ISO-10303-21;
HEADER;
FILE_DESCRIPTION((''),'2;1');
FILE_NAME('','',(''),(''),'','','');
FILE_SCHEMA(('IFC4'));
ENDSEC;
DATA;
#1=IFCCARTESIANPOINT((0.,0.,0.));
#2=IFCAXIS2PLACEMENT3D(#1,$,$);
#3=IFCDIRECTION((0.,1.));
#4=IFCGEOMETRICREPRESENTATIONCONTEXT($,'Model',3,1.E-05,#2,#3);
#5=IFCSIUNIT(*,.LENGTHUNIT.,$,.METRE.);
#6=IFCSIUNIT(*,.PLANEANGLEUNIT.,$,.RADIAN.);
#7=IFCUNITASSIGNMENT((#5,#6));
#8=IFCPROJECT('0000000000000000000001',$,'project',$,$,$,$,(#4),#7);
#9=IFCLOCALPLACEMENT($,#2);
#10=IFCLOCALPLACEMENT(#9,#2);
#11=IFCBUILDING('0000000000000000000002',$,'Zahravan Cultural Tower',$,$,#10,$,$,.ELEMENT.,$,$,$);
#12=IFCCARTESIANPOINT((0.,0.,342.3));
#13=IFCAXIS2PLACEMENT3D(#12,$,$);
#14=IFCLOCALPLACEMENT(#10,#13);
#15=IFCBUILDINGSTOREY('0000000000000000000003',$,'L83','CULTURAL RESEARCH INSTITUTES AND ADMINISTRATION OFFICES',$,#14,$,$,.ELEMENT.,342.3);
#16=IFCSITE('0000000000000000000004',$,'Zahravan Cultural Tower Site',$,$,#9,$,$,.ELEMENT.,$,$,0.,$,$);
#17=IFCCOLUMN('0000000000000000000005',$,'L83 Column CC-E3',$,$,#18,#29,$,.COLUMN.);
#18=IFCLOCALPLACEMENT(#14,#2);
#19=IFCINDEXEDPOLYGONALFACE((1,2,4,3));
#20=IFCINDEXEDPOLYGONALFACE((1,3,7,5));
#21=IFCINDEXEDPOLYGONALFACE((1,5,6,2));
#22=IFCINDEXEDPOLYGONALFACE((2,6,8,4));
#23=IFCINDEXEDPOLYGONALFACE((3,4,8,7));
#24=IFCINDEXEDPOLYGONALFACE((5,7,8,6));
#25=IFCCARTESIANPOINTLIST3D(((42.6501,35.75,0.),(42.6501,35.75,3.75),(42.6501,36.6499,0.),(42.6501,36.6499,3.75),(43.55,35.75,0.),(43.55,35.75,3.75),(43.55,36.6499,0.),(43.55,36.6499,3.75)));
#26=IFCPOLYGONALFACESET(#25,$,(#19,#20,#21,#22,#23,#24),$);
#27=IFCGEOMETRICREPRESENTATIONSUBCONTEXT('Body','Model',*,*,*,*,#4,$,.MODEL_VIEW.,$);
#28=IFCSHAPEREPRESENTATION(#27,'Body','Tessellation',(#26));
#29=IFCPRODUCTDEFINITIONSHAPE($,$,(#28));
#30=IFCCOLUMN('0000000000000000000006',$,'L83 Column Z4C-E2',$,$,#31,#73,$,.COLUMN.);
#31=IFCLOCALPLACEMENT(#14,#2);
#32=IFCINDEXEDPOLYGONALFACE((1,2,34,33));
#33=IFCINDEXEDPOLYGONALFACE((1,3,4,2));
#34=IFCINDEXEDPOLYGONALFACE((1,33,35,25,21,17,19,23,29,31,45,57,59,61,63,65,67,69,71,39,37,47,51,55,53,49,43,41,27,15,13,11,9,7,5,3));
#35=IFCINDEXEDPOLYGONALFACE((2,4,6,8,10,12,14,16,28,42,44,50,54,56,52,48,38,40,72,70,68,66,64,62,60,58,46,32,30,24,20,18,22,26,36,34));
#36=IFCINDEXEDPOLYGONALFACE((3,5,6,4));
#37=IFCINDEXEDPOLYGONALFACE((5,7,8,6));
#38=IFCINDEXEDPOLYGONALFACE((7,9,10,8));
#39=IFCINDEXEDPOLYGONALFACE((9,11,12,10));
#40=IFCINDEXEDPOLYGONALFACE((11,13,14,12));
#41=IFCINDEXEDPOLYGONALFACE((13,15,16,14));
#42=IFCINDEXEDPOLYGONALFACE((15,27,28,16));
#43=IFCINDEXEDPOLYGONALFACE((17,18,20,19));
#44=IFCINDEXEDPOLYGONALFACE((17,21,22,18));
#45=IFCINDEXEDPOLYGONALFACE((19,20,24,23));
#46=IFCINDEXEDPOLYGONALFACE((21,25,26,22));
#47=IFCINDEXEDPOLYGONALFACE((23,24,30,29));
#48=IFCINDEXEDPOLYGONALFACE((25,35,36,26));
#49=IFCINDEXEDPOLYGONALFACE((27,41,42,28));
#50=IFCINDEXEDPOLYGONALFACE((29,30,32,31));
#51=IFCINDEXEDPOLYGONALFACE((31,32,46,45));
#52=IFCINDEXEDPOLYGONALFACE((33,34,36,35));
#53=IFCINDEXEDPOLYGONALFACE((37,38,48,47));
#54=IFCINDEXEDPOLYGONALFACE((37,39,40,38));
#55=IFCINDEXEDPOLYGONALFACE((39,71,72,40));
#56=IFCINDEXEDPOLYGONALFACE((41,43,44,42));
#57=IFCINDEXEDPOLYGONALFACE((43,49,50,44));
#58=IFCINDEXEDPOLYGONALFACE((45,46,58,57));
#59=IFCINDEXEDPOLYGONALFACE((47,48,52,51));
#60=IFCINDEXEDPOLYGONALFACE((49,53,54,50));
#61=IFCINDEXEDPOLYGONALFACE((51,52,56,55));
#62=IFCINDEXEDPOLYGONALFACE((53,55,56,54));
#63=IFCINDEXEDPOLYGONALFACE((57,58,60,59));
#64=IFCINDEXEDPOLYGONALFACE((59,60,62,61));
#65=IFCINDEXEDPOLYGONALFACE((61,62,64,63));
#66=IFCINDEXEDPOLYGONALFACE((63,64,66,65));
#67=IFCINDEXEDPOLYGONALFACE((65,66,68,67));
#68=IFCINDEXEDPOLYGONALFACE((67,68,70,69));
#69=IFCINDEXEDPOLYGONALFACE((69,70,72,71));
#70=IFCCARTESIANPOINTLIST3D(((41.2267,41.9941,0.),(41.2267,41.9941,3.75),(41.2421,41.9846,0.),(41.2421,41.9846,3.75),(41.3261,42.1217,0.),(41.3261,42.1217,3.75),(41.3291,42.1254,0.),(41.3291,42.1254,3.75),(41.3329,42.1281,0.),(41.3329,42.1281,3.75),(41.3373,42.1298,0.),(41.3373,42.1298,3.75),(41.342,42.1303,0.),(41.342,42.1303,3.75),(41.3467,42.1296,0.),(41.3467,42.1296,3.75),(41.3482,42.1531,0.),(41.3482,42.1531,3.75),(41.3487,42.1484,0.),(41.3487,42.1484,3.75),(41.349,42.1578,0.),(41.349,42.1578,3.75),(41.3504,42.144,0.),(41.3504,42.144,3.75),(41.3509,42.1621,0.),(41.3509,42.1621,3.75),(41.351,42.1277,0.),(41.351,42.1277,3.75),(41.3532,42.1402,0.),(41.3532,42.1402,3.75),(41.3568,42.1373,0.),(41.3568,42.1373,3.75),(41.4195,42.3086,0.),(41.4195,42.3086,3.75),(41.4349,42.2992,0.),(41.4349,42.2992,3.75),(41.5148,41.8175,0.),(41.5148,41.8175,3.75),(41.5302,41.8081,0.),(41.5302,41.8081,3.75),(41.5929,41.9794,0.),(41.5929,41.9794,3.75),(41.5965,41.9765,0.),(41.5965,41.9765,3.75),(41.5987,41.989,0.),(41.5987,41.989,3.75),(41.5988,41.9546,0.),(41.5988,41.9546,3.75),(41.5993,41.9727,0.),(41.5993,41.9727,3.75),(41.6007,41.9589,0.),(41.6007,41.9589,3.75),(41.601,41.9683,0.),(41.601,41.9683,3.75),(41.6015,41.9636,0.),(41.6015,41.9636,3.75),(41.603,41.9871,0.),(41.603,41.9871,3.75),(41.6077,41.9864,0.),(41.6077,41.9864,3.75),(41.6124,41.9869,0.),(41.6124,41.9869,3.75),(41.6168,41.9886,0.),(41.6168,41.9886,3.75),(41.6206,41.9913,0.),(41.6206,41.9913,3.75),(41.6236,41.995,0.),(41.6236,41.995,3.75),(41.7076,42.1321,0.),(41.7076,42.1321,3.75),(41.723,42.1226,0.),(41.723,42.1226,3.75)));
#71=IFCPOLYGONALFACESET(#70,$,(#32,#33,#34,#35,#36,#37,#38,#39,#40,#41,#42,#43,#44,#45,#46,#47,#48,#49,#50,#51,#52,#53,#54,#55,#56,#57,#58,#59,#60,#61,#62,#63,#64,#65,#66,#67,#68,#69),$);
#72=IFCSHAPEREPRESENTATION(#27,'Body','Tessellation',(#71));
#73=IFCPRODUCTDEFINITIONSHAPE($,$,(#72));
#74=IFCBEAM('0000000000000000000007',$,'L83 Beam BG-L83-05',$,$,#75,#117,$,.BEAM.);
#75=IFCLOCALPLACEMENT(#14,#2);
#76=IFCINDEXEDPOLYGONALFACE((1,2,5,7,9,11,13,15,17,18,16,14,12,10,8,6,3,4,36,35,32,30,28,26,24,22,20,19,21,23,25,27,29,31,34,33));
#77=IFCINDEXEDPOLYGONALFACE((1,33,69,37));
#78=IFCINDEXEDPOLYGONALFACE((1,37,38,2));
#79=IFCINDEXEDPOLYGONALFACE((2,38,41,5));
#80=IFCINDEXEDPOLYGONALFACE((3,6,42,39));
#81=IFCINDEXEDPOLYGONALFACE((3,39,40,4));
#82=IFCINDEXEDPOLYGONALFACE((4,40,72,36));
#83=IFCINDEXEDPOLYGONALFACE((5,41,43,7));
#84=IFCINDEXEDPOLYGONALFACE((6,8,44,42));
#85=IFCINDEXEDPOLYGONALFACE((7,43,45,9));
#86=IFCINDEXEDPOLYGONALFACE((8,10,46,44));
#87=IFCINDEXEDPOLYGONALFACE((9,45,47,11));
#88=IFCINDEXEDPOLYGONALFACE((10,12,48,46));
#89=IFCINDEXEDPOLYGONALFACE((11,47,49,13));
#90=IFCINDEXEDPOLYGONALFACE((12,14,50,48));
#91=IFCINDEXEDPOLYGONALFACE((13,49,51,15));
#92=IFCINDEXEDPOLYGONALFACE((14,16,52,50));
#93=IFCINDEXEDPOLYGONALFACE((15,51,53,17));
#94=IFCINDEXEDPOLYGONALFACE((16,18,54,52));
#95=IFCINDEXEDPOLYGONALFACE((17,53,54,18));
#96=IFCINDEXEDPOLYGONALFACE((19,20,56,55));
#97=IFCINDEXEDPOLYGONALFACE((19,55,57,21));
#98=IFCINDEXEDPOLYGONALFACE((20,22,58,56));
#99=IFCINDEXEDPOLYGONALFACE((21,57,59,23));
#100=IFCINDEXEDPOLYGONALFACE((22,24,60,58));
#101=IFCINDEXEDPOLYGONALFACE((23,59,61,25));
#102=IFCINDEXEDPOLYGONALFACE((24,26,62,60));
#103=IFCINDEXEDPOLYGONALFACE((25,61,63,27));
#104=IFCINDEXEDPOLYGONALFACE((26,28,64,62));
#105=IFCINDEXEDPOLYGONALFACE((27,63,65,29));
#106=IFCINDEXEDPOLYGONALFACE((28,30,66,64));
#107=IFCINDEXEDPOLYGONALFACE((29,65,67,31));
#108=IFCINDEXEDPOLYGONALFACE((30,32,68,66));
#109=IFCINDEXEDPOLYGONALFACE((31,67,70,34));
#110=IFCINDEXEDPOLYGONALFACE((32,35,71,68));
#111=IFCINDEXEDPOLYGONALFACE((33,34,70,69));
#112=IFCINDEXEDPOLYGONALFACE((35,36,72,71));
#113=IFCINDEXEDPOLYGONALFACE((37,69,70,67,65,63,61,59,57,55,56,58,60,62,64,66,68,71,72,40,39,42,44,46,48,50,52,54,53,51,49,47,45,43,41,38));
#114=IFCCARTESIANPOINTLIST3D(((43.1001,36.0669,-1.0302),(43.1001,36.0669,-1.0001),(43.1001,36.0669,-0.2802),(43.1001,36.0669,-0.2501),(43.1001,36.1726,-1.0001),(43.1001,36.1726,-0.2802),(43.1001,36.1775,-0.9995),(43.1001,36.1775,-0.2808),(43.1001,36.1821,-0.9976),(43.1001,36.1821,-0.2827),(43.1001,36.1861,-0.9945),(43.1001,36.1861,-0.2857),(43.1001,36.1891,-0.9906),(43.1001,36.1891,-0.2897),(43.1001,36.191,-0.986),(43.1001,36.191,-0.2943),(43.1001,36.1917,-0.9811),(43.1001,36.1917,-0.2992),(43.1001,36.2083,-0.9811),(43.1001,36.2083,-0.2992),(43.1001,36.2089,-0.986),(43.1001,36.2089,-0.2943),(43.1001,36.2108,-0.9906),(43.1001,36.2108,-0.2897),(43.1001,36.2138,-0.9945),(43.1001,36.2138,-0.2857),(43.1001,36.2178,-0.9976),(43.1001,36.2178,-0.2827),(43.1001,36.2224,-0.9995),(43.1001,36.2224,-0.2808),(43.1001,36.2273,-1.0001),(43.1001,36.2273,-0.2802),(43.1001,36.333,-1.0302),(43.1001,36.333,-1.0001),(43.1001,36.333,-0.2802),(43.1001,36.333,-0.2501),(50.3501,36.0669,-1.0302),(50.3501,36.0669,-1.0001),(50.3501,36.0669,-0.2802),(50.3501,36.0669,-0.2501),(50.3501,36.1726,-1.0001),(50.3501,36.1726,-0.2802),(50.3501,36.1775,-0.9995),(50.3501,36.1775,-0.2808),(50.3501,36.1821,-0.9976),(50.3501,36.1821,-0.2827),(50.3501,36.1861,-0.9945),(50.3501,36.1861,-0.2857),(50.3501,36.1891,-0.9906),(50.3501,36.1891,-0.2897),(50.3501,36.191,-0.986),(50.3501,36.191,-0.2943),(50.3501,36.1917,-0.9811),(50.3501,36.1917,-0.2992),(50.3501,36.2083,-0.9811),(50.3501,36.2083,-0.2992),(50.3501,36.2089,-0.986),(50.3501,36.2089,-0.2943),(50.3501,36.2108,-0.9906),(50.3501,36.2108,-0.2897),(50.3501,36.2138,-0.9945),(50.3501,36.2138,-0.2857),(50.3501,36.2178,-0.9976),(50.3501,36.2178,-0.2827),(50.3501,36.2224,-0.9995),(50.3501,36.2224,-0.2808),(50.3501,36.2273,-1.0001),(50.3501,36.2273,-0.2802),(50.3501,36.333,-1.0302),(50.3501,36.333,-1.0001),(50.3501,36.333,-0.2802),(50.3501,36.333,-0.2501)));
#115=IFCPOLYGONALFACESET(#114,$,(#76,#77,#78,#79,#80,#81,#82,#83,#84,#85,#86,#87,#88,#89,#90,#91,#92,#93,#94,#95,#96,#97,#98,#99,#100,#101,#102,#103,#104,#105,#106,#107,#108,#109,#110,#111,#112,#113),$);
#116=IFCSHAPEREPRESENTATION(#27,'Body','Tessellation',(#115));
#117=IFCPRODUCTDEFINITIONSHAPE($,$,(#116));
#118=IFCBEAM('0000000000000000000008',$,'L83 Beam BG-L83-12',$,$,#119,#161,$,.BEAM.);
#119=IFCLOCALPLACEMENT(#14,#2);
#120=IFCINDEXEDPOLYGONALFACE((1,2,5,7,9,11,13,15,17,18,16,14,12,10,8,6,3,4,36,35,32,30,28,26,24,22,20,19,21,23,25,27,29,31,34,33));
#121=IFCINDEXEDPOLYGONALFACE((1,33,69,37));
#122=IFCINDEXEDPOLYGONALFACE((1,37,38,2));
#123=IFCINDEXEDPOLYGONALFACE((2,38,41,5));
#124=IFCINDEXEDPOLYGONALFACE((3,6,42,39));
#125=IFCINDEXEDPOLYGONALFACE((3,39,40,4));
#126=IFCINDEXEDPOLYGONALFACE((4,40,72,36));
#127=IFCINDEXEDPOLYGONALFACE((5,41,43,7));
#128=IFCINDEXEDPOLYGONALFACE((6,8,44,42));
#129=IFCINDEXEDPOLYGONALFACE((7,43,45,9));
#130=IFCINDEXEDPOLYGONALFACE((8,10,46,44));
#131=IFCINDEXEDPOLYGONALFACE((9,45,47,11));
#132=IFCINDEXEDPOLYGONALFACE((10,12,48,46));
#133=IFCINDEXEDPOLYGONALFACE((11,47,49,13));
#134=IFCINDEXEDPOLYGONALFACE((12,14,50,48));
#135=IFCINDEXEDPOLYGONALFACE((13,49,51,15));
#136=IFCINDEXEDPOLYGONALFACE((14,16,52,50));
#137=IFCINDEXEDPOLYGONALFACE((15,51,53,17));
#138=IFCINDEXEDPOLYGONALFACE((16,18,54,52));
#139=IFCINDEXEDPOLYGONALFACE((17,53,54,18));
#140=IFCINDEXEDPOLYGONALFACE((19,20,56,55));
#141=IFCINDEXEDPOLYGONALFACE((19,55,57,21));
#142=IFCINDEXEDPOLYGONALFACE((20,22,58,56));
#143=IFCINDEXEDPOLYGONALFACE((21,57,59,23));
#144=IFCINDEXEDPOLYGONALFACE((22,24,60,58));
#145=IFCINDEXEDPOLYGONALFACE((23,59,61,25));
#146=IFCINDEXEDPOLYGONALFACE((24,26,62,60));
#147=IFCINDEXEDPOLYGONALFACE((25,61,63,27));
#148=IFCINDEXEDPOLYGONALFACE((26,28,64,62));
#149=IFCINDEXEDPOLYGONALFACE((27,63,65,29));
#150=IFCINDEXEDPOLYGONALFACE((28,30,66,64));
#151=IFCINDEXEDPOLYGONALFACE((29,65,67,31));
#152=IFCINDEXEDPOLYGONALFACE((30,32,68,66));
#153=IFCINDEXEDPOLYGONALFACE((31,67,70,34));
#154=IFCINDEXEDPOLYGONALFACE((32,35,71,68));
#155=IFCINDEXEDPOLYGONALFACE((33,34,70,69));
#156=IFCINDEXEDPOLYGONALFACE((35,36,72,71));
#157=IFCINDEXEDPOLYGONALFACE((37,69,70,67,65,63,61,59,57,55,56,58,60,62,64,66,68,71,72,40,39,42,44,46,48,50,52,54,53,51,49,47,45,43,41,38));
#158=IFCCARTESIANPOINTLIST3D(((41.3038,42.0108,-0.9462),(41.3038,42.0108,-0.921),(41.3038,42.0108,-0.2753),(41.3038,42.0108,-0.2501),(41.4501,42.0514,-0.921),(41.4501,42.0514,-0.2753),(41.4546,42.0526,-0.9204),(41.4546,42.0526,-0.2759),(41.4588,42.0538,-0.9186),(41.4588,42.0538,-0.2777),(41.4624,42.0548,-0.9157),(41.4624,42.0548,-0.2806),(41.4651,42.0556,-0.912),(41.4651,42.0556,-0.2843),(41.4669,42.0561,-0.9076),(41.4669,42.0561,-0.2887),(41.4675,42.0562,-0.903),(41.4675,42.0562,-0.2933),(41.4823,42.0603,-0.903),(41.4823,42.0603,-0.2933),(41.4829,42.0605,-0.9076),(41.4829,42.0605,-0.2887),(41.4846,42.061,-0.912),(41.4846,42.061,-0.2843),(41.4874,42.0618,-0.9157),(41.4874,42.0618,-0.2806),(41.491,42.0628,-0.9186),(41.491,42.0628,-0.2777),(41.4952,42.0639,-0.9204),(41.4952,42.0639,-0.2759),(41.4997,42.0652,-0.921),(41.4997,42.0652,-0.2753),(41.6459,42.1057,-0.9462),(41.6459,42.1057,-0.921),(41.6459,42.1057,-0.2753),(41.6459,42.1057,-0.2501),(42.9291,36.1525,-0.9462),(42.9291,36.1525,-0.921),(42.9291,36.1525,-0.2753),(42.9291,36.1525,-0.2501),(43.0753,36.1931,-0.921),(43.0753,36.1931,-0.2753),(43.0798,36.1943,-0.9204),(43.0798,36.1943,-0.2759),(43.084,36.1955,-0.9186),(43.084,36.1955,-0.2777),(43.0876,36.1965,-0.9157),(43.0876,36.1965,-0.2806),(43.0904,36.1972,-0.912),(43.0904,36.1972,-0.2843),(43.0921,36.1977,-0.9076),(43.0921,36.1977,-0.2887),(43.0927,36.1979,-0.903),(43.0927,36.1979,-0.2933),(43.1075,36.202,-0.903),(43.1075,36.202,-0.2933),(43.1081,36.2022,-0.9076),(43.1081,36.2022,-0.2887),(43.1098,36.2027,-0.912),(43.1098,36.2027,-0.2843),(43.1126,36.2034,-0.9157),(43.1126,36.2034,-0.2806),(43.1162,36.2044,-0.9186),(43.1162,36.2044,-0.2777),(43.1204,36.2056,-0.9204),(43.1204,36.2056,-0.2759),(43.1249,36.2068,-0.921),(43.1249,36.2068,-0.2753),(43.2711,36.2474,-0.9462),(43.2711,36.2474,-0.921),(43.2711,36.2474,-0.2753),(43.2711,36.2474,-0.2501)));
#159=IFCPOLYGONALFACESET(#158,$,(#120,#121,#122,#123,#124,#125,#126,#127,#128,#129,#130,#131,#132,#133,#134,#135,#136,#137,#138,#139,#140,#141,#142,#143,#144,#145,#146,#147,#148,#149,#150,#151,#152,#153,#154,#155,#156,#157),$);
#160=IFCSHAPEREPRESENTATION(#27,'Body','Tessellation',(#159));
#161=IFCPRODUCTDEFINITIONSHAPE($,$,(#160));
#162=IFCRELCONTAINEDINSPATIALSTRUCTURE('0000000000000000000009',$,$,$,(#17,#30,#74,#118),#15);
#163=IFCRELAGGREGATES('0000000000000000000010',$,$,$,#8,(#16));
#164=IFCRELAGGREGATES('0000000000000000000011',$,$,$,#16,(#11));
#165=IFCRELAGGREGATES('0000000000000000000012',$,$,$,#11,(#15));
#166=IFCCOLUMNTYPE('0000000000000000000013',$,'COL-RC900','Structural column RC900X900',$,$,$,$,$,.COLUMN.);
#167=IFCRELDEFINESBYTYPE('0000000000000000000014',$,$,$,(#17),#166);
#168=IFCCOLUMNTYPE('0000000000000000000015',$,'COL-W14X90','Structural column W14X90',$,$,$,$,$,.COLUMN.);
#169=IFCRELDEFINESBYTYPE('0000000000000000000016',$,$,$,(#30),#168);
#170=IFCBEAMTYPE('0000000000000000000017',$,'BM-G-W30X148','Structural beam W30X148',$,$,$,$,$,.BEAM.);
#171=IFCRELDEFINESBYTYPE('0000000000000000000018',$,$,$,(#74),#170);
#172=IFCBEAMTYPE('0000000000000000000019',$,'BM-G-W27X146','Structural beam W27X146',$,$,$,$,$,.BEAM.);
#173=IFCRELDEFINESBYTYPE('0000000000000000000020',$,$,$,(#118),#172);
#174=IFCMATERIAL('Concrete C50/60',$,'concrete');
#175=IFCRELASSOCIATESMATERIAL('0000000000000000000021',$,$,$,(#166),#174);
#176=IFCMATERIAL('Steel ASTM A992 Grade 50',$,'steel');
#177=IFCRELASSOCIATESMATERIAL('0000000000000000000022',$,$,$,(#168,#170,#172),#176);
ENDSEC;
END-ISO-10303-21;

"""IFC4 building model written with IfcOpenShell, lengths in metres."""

from ifc_helpers import new_model, si_unit, direction, frame, origin, origin_2d, place, context, subcontext, project, spatial, rectangle, i_section, extrude, source, transform, mapped, material, material_profile, profile_set, type_object, element, save


model = new_model("IFC4")

# Units and contexts
model_context = context("Model", 3, precision=1e-05, world=origin(), true_north=direction((0.0, 1.0)))
body_context = subcontext(model_context, "Body", "Model", "MODEL_VIEW")
ifc_project = project(units=[si_unit("LENGTHUNIT", "METRE"), si_unit("PLANEANGLEUNIT", "RADIAN")], contexts=[model_context])

# Site, building, storey
site_placement = place(None, origin())
site = spatial("IfcSite", under=ifc_project, at=site_placement, Name="Zahravan Cultural Tower Site", CompositionType="ELEMENT", RefElevation=0.0)
building_placement = place(site_placement, origin())
building = spatial("IfcBuilding", under=site, at=building_placement, Name="Zahravan Cultural Tower", CompositionType="ELEMENT")
storey_placement = place(building_placement, frame((0.0, 0.0, 342.3)))
storey = spatial("IfcBuildingStorey", under=building, at=storey_placement, Name="L83", Description="CULTURAL RESEARCH INSTITUTES AND ADMINISTRATION OFFICES", CompositionType="ELEMENT", Elevation=342.3)

# Columns
ifc_material_1 = material(Name="Concrete C50/60", Category="concrete")
ifc_material_profile_1 = material_profile(ifc_material_1, rectangle(XDim=0.8999, YDim=0.8999, at=origin_2d()), Name="RC900X900")
ifc_profile_set_1 = profile_set([ifc_material_profile_1], Name="Concrete C50/60")
column_type_1 = type_object("IfcColumnType", Name="COL-RC900", Description="Structural column RC900X900", PredefinedType="COLUMN", material=ifc_profile_set_1)
shared_shape_1 = source(origin(), body_context, "Body", "SweptSolid", [
    extrude(rectangle(XDim=0.8999, YDim=0.8999, at=origin_2d()), origin(), (0.0, 0.0, 1.0), 3.75),
])
column_1_placement = place(storey_placement, frame((43.1001, 36.2, 0.0), z_axis=(0.0, 0.0, 1.0), x_axis=(1.0, 0.0, 0.0)))
element("IfcColumn", 1, at=column_1_placement, inside=storey, type_object=column_type_1, Name="L83 Column CC-E3", PredefinedType="COLUMN", context=body_context, shape_type="MappedRepresentation", body=[
    mapped(shared_shape_1, transform((0.0, 0.0, 0.0), x_axis=(1.0, 0.0, 0.0), y_axis=(0.0, 1.0, 0.0), z_axis=(0.0, 0.0, 1.0), scale=1.0)),
])
ifc_material_2 = material(Name="Steel ASTM A992 Grade 50", Category="steel")
ifc_material_profile_2 = material_profile(ifc_material_2, i_section(OverallWidth=0.3689, OverallDepth=0.356, WebThickness=0.0112, FlangeThickness=0.0181, FilletRadius=0.0181, at=origin_2d()), Name="W14X90")
ifc_profile_set_2 = profile_set([ifc_material_profile_2], Name="Steel ASTM A992 Grade 50")
column_type_2 = type_object("IfcColumnType", Name="COL-W14X90", Description="Structural column W14X90", PredefinedType="COLUMN", material=ifc_profile_set_2)
shared_shape_2 = source(origin(), body_context, "Body", "SweptSolid", [
    extrude(i_section(OverallWidth=0.3689, OverallDepth=0.356, WebThickness=0.0112, FlangeThickness=0.0181, FilletRadius=0.0181, at=origin_2d()), origin(), (0.0, 0.0, 1.0), 3.75),
])
column_2_placement = place(storey_placement, frame((41.4749, 42.0583, 0.0), z_axis=(0.0, 0.0, 1.0), x_axis=(0.522499, 0.85264, 0.0)))
element("IfcColumn", 2, at=column_2_placement, inside=storey, type_object=column_type_2, Name="L83 Column Z4C-E2", PredefinedType="COLUMN", context=body_context, shape_type="MappedRepresentation", body=[
    mapped(shared_shape_2, transform((0.0, 0.0, 0.0), x_axis=(1.0, 0.0, 0.0), y_axis=(0.0, 1.0, 0.0), z_axis=(0.0, 0.0, 1.0), scale=1.0)),
])

# Beams
ifc_material_profile_3 = material_profile(ifc_material_2, i_section(OverallWidth=0.2661, OverallDepth=0.78, WebThickness=0.0166, FlangeThickness=0.03, FilletRadius=0.019, at=origin_2d()), Name="W30X148")
ifc_profile_set_3 = profile_set([ifc_material_profile_3], Name="Steel ASTM A992 Grade 50")
beam_type_1 = type_object("IfcBeamType", Name="BM-G-W30X148", Description="Structural beam W30X148", PredefinedType="BEAM", material=ifc_profile_set_3)
shared_shape_3 = source(origin(), body_context, "Body", "SweptSolid", [
    extrude(i_section(OverallWidth=0.2661, OverallDepth=0.78, WebThickness=0.0166, FlangeThickness=0.03, FilletRadius=0.019, at=origin_2d()), origin(), (0.0, 0.0, 1.0), 7.25),
])
beam_1_placement = place(storey_placement, frame((43.1001, 36.2, -0.6401), z_axis=(1.0, 0.0, 0.0), x_axis=(0.0, 1.0, 0.0)))
element("IfcBeam", 3, at=beam_1_placement, inside=storey, type_object=beam_type_1, Name="L83 Beam BG-L83-05", PredefinedType="BEAM", context=body_context, shape_type="MappedRepresentation", body=[
    mapped(shared_shape_3, transform((0.0, 0.0, 0.0), x_axis=(1.0, 0.0, 0.0), y_axis=(0.0, 1.0, 0.0), z_axis=(0.0, 0.0, 1.0), scale=1.0)),
])
ifc_material_profile_4 = material_profile(ifc_material_2, i_section(OverallWidth=0.355, OverallDepth=0.696, WebThickness=0.0154, FlangeThickness=0.0251, FilletRadius=0.0181, at=origin_2d()), Name="W27X146")
ifc_profile_set_4 = profile_set([ifc_material_profile_4], Name="Steel ASTM A992 Grade 50")
beam_type_2 = type_object("IfcBeamType", Name="BM-G-W27X146", Description="Structural beam W27X146", PredefinedType="BEAM", material=ifc_profile_set_4)
shared_shape_4 = source(origin(), body_context, "Body", "SweptSolid", [
    extrude(i_section(OverallWidth=0.355, OverallDepth=0.696, WebThickness=0.0154, FlangeThickness=0.0251, FilletRadius=0.0181, at=origin_2d()), origin(), (0.0, 0.0, 1.0), 6.0796),
])
beam_2_placement = place(storey_placement, frame((43.1001, 36.2, -0.5981), z_axis=(-0.267325, 0.963606, 0.0), x_axis=(-0.963606, -0.267325, 0.0)))
element("IfcBeam", 4, at=beam_2_placement, inside=storey, type_object=beam_type_2, Name="L83 Beam BG-L83-12", PredefinedType="BEAM", context=body_context, shape_type="MappedRepresentation", body=[
    mapped(shared_shape_4, transform((0.0, 0.0, 0.0), x_axis=(1.0, 0.0, 0.0), y_axis=(0.0, 1.0, 0.0), z_axis=(0.0, 0.0, 1.0), scale=1.0)),
])

save(model, "model.ifc")
